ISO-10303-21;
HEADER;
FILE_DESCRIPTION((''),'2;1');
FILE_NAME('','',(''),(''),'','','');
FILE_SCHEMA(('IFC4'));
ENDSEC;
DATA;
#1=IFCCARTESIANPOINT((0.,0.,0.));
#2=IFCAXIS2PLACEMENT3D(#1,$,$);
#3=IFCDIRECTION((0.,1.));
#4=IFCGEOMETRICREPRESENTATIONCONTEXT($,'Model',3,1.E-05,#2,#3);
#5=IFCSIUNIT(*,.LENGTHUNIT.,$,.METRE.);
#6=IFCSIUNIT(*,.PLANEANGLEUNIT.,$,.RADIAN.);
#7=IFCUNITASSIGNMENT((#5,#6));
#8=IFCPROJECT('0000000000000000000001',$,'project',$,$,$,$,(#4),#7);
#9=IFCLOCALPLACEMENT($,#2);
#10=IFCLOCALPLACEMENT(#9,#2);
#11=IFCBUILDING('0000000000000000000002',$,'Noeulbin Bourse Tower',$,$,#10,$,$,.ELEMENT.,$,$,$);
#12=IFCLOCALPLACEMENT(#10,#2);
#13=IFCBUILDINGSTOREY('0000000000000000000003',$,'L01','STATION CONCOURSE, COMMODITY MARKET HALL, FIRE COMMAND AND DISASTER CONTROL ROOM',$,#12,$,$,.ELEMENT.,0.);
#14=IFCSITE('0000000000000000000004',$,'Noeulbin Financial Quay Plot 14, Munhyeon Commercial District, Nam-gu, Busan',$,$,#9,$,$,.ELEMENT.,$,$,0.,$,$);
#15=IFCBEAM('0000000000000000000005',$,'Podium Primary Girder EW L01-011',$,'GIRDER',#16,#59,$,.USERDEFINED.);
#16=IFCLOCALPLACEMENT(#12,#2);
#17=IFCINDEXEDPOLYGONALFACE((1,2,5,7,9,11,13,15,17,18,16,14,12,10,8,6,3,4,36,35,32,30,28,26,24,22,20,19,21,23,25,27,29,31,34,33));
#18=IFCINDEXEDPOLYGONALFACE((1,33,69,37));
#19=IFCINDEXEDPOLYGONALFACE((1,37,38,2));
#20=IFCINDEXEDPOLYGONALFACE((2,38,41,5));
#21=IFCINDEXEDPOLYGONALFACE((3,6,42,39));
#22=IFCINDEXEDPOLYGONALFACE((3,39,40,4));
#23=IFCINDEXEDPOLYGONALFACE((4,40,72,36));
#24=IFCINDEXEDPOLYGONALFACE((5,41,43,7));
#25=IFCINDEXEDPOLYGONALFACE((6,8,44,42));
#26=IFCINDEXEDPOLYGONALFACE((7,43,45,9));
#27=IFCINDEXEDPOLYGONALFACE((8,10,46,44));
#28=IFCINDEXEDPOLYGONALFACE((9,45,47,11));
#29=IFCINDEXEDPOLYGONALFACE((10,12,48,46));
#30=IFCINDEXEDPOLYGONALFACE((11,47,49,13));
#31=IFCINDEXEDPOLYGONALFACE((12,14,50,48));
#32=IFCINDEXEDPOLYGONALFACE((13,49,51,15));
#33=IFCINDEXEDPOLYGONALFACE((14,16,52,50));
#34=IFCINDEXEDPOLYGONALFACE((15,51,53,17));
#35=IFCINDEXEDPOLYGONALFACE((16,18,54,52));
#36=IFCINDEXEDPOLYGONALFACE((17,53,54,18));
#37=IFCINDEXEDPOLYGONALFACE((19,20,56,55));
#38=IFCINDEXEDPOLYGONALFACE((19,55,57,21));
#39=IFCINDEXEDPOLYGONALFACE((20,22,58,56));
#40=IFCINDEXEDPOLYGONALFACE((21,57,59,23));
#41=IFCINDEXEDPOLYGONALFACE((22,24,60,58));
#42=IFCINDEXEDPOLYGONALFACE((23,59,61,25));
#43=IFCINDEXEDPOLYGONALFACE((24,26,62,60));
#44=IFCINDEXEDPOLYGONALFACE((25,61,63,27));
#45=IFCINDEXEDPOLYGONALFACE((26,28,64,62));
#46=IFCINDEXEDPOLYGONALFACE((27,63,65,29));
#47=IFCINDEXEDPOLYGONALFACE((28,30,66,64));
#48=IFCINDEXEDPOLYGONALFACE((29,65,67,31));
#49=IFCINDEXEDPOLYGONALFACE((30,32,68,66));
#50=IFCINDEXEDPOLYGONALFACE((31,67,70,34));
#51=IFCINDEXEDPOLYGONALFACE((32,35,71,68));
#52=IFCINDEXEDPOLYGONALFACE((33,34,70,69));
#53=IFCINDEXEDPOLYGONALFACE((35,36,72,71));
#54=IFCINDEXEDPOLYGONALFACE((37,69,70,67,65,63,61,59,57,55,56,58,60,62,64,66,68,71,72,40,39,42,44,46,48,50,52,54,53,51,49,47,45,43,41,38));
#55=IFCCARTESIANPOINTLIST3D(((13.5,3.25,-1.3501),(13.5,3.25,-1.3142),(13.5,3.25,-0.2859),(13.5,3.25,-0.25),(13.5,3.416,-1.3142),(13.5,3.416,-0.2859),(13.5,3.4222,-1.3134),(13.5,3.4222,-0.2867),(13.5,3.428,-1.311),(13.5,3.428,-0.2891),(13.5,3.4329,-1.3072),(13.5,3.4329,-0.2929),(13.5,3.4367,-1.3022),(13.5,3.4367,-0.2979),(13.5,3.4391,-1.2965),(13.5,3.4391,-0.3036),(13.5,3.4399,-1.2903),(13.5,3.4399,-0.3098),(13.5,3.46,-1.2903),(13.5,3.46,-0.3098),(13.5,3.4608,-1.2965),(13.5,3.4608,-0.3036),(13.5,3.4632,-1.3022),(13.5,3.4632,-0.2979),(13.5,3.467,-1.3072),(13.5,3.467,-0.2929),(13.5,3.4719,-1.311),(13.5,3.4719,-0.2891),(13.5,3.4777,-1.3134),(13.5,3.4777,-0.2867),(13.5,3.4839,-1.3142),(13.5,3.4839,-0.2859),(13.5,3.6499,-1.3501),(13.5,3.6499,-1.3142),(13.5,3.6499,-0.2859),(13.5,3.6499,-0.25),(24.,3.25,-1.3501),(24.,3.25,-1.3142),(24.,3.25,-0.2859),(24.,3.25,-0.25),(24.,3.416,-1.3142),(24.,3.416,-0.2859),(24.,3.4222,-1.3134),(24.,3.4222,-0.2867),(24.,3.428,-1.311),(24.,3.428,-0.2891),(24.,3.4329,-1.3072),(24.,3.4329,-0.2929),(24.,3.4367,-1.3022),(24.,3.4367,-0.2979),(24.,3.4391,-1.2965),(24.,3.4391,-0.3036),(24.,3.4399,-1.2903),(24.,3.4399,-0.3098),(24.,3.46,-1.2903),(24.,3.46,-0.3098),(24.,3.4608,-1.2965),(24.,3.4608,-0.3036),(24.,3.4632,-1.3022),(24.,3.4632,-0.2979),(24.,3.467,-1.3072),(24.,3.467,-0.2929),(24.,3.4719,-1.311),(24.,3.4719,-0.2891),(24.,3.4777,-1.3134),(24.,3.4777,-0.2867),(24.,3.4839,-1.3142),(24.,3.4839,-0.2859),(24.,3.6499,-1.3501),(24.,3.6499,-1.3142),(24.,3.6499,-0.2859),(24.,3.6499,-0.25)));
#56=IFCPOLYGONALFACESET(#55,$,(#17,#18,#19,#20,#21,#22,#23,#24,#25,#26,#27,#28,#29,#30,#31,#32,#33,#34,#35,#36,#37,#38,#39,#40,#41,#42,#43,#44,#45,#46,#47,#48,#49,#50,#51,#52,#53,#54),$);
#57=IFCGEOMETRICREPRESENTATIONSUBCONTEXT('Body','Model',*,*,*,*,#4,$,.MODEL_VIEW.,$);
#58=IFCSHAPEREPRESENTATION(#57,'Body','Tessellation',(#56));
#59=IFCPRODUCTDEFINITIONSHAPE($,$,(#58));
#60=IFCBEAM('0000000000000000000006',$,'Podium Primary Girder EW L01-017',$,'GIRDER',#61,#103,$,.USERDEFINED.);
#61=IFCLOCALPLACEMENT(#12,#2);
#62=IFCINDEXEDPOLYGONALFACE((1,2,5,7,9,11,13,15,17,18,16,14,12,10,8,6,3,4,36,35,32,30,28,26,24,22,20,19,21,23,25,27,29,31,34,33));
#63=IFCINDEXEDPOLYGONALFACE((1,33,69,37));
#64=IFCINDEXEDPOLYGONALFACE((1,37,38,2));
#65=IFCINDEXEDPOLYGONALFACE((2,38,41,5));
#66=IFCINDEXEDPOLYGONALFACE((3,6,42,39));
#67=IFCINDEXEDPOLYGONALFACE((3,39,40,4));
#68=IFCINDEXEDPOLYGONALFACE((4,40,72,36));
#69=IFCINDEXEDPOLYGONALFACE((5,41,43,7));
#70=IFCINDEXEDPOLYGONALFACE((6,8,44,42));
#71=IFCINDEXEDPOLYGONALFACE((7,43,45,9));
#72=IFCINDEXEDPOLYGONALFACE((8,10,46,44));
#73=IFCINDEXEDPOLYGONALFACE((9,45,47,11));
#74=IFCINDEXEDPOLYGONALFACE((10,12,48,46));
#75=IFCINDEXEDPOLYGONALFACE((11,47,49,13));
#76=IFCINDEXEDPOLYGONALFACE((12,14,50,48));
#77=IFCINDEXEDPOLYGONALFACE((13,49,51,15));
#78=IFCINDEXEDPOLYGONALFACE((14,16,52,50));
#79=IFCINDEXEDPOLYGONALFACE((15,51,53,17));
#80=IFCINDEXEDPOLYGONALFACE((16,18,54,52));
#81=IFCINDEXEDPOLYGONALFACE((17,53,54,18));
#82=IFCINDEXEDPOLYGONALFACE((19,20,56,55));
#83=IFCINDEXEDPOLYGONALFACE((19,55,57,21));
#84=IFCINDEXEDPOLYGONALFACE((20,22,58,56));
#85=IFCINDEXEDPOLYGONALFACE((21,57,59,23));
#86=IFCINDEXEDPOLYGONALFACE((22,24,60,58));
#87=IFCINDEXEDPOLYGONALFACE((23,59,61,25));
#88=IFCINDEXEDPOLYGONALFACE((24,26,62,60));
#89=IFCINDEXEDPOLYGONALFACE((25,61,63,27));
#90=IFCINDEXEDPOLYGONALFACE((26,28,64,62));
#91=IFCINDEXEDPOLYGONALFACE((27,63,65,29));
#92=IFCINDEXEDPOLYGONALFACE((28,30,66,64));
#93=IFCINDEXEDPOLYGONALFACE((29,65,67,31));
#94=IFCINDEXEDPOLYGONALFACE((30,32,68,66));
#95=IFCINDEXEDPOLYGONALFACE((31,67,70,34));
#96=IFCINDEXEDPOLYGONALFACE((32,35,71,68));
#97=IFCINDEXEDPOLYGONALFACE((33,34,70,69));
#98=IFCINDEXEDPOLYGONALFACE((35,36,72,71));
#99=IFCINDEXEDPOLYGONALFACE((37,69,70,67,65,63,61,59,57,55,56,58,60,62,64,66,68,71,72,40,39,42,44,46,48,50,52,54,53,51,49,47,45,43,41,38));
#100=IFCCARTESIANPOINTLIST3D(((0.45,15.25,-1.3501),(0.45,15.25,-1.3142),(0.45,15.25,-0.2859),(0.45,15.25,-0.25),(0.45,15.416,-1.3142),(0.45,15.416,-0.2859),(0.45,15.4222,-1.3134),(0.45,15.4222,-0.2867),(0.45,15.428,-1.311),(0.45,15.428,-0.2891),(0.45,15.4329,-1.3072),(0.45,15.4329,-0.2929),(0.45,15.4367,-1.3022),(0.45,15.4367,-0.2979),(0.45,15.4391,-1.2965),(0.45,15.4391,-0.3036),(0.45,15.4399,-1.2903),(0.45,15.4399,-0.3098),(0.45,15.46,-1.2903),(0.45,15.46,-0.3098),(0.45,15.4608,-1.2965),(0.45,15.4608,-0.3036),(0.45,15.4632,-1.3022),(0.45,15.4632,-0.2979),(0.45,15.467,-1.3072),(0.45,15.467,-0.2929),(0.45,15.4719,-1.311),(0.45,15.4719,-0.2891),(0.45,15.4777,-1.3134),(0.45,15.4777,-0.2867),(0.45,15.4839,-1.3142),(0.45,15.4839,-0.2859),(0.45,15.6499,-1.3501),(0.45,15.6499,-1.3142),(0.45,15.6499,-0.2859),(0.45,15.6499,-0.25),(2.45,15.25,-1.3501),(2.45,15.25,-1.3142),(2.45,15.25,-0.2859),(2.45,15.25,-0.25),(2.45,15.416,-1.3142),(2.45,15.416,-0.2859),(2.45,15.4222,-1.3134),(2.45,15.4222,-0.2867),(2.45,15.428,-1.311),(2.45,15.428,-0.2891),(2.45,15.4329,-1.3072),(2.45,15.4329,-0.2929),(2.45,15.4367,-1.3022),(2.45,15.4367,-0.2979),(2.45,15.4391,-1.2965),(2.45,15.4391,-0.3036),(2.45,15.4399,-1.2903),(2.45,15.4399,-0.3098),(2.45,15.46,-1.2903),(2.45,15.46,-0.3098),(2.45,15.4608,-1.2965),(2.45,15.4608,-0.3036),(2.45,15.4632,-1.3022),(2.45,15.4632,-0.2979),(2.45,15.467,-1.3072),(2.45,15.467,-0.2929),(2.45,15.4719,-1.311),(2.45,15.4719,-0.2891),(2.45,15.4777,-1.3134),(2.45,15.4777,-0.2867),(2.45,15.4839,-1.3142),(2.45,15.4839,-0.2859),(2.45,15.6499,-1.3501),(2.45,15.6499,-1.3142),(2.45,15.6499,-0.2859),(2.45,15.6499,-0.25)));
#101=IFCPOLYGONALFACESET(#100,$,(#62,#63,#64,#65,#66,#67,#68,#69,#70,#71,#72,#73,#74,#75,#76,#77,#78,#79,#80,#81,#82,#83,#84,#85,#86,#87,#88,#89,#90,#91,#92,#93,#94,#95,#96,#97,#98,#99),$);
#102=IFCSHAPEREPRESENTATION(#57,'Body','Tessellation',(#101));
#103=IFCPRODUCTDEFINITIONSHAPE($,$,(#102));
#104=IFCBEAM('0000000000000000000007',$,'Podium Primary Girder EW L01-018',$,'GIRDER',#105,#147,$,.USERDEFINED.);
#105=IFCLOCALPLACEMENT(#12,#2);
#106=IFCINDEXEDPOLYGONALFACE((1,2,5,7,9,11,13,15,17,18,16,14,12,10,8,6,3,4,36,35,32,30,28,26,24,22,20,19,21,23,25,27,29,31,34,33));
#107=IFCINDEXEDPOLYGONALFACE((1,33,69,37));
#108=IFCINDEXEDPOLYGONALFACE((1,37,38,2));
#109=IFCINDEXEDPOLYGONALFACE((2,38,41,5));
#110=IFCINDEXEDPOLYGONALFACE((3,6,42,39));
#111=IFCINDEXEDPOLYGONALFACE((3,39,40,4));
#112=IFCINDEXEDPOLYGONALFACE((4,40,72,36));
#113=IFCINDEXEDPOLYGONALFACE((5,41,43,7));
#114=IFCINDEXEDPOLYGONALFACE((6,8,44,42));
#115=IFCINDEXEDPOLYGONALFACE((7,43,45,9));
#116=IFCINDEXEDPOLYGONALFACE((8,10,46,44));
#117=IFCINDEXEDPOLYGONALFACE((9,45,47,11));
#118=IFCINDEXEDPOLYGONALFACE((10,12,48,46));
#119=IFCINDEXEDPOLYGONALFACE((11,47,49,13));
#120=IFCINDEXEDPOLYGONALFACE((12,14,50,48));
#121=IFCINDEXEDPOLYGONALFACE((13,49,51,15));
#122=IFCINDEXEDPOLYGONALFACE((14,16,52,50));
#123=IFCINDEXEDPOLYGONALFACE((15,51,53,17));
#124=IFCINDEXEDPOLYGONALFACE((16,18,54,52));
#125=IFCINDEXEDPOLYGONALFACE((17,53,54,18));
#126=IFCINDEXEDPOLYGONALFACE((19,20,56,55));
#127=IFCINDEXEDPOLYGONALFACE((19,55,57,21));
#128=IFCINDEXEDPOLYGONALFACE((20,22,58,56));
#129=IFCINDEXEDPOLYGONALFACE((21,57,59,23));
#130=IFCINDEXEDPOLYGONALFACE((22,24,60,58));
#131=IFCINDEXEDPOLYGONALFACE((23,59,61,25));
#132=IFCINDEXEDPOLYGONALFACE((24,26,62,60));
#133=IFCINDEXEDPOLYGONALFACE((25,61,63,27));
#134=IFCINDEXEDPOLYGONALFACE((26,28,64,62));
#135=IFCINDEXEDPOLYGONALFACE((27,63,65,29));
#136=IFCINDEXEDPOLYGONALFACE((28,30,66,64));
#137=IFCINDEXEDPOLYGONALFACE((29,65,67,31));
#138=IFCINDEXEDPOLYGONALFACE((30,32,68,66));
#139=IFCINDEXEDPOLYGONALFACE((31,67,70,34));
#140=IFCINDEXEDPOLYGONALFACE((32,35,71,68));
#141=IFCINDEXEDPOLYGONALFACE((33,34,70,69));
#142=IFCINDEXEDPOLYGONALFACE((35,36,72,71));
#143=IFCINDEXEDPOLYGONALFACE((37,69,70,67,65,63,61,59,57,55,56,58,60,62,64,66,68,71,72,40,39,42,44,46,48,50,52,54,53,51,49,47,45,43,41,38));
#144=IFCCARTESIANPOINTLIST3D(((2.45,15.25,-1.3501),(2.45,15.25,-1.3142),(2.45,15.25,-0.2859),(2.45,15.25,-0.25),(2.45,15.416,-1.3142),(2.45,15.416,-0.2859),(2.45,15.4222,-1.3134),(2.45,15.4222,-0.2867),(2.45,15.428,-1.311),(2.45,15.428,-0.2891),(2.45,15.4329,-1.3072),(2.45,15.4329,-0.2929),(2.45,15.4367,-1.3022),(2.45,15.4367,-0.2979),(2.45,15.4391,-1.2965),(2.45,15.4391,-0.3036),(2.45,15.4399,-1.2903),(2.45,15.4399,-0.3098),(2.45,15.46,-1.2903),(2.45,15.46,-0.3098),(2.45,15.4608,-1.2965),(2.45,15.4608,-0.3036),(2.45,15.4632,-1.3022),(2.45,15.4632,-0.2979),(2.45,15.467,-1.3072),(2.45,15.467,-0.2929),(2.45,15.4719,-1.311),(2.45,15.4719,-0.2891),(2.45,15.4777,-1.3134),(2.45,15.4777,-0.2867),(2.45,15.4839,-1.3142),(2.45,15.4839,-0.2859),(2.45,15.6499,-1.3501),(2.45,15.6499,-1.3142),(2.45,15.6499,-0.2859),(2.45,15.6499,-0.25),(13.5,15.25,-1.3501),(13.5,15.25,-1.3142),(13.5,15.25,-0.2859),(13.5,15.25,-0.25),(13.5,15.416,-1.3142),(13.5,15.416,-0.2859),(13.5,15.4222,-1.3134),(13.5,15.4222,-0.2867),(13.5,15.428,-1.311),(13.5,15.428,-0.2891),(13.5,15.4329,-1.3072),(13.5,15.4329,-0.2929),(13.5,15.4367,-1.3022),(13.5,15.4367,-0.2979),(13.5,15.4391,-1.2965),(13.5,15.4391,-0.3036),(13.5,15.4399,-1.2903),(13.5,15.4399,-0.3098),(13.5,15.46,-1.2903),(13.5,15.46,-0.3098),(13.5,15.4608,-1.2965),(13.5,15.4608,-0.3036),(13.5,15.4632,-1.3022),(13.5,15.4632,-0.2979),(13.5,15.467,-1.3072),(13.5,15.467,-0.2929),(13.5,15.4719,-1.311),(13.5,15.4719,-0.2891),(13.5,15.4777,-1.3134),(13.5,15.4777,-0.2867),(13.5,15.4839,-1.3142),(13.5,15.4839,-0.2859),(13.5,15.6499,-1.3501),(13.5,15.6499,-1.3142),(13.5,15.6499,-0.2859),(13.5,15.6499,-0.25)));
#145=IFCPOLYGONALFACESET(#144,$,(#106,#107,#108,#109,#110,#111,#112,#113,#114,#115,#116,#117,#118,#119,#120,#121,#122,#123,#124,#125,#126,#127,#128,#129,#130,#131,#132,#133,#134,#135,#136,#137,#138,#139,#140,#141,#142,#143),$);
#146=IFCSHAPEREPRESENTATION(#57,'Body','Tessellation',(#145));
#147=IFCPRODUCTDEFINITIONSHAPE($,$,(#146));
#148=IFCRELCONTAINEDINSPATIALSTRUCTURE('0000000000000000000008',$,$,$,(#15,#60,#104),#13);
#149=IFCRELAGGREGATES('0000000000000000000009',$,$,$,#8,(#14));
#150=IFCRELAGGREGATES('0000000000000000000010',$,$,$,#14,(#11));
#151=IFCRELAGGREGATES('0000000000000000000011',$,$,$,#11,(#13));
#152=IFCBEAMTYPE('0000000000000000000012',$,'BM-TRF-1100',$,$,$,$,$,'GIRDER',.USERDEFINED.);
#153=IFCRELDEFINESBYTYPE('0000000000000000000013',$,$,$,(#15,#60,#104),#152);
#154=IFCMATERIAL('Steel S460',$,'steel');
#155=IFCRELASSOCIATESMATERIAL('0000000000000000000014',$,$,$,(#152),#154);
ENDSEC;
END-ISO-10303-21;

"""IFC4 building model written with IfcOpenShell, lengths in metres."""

from ifc_helpers import new_model, si_unit, direction, frame, origin, origin_2d, place, context, subcontext, project, spatial, i_section, extrude, material, material_profile, profile_set, type_object, element, save


model = new_model("IFC4")

# Units and contexts
model_context = context("Model", 3, precision=1e-05, world=origin(), true_north=direction((0.0, 1.0)))
body_context = subcontext(model_context, "Body", "Model", "MODEL_VIEW")
ifc_project = project(units=[si_unit("LENGTHUNIT", "METRE"), si_unit("PLANEANGLEUNIT", "RADIAN")], contexts=[model_context])

# Site, building, storey
site_placement = place(None, origin())
site = spatial("IfcSite", under=ifc_project, at=site_placement, Name="Noeulbin Financial Quay Plot 14, Munhyeon Commercial District, Nam-gu, Busan", CompositionType="ELEMENT", RefElevation=0.0)
building_placement = place(site_placement, origin())
building = spatial("IfcBuilding", under=site, at=building_placement, Name="Noeulbin Bourse Tower", CompositionType="ELEMENT")
storey_placement = place(building_placement, origin())
storey = spatial("IfcBuildingStorey", under=building, at=storey_placement, Name="L01", Description="STATION CONCOURSE, COMMODITY MARKET HALL, FIRE COMMAND AND DISASTER CONTROL ROOM", CompositionType="ELEMENT", Elevation=0.0)

# Beams
ifc_material_1 = material(Name="Steel S460", Category="steel")
ifc_material_profile_1 = material_profile(ifc_material_1, i_section(OverallWidth=0.3999, OverallDepth=1.1001, WebThickness=0.02, FlangeThickness=0.0359, FilletRadius=0.0239, at=origin_2d()), Name="PG-1100x400x20x36", Category="LoadBearing")
ifc_profile_set_1 = profile_set([ifc_material_profile_1], Name="Steel S460")
beam_type_1 = type_object("IfcBeamType", Name="BM-TRF-1100", ElementType="GIRDER", PredefinedType="USERDEFINED", material=ifc_profile_set_1)
beam_1_placement = place(storey_placement, frame((13.5, 3.45, -0.8), z_axis=(1.0, 0.0, 0.0), x_axis=(0.0, 1.0, 0.0)))
element("IfcBeam", 1, at=beam_1_placement, inside=storey, type_object=beam_type_1, Name="Podium Primary Girder EW L01-011", ObjectType="GIRDER", PredefinedType="USERDEFINED", context=body_context, shape_type="SweptSolid", body=[
    extrude(i_section(OverallWidth=0.3999, OverallDepth=1.1001, WebThickness=0.02, FlangeThickness=0.0359, FilletRadius=0.0239, at=origin_2d()), origin(), (0.0, 0.0, 1.0), 10.5),
])
beam_2_placement = place(storey_placement, frame((0.45, 15.45, -0.8), z_axis=(1.0, 0.0, 0.0), x_axis=(0.0, 1.0, 0.0)))
element("IfcBeam", 2, at=beam_2_placement, inside=storey, type_object=beam_type_1, Name="Podium Primary Girder EW L01-017", ObjectType="GIRDER", PredefinedType="USERDEFINED", context=body_context, shape_type="SweptSolid", body=[
    extrude(i_section(OverallWidth=0.3999, OverallDepth=1.1001, WebThickness=0.02, FlangeThickness=0.0359, FilletRadius=0.0239, at=origin_2d()), origin(), (0.0, 0.0, 1.0), 2.0),
])
beam_3_placement = place(storey_placement, frame((2.45, 15.45, -0.8), z_axis=(1.0, 0.0, 0.0), x_axis=(0.0, 1.0, 0.0)))
element("IfcBeam", 3, at=beam_3_placement, inside=storey, type_object=beam_type_1, Name="Podium Primary Girder EW L01-018", ObjectType="GIRDER", PredefinedType="USERDEFINED", context=body_context, shape_type="SweptSolid", body=[
    extrude(i_section(OverallWidth=0.3999, OverallDepth=1.1001, WebThickness=0.02, FlangeThickness=0.0359, FilletRadius=0.0239, at=origin_2d()), origin(), (0.0, 0.0, 1.0), 11.05),
])

save(model, "model.ifc")
